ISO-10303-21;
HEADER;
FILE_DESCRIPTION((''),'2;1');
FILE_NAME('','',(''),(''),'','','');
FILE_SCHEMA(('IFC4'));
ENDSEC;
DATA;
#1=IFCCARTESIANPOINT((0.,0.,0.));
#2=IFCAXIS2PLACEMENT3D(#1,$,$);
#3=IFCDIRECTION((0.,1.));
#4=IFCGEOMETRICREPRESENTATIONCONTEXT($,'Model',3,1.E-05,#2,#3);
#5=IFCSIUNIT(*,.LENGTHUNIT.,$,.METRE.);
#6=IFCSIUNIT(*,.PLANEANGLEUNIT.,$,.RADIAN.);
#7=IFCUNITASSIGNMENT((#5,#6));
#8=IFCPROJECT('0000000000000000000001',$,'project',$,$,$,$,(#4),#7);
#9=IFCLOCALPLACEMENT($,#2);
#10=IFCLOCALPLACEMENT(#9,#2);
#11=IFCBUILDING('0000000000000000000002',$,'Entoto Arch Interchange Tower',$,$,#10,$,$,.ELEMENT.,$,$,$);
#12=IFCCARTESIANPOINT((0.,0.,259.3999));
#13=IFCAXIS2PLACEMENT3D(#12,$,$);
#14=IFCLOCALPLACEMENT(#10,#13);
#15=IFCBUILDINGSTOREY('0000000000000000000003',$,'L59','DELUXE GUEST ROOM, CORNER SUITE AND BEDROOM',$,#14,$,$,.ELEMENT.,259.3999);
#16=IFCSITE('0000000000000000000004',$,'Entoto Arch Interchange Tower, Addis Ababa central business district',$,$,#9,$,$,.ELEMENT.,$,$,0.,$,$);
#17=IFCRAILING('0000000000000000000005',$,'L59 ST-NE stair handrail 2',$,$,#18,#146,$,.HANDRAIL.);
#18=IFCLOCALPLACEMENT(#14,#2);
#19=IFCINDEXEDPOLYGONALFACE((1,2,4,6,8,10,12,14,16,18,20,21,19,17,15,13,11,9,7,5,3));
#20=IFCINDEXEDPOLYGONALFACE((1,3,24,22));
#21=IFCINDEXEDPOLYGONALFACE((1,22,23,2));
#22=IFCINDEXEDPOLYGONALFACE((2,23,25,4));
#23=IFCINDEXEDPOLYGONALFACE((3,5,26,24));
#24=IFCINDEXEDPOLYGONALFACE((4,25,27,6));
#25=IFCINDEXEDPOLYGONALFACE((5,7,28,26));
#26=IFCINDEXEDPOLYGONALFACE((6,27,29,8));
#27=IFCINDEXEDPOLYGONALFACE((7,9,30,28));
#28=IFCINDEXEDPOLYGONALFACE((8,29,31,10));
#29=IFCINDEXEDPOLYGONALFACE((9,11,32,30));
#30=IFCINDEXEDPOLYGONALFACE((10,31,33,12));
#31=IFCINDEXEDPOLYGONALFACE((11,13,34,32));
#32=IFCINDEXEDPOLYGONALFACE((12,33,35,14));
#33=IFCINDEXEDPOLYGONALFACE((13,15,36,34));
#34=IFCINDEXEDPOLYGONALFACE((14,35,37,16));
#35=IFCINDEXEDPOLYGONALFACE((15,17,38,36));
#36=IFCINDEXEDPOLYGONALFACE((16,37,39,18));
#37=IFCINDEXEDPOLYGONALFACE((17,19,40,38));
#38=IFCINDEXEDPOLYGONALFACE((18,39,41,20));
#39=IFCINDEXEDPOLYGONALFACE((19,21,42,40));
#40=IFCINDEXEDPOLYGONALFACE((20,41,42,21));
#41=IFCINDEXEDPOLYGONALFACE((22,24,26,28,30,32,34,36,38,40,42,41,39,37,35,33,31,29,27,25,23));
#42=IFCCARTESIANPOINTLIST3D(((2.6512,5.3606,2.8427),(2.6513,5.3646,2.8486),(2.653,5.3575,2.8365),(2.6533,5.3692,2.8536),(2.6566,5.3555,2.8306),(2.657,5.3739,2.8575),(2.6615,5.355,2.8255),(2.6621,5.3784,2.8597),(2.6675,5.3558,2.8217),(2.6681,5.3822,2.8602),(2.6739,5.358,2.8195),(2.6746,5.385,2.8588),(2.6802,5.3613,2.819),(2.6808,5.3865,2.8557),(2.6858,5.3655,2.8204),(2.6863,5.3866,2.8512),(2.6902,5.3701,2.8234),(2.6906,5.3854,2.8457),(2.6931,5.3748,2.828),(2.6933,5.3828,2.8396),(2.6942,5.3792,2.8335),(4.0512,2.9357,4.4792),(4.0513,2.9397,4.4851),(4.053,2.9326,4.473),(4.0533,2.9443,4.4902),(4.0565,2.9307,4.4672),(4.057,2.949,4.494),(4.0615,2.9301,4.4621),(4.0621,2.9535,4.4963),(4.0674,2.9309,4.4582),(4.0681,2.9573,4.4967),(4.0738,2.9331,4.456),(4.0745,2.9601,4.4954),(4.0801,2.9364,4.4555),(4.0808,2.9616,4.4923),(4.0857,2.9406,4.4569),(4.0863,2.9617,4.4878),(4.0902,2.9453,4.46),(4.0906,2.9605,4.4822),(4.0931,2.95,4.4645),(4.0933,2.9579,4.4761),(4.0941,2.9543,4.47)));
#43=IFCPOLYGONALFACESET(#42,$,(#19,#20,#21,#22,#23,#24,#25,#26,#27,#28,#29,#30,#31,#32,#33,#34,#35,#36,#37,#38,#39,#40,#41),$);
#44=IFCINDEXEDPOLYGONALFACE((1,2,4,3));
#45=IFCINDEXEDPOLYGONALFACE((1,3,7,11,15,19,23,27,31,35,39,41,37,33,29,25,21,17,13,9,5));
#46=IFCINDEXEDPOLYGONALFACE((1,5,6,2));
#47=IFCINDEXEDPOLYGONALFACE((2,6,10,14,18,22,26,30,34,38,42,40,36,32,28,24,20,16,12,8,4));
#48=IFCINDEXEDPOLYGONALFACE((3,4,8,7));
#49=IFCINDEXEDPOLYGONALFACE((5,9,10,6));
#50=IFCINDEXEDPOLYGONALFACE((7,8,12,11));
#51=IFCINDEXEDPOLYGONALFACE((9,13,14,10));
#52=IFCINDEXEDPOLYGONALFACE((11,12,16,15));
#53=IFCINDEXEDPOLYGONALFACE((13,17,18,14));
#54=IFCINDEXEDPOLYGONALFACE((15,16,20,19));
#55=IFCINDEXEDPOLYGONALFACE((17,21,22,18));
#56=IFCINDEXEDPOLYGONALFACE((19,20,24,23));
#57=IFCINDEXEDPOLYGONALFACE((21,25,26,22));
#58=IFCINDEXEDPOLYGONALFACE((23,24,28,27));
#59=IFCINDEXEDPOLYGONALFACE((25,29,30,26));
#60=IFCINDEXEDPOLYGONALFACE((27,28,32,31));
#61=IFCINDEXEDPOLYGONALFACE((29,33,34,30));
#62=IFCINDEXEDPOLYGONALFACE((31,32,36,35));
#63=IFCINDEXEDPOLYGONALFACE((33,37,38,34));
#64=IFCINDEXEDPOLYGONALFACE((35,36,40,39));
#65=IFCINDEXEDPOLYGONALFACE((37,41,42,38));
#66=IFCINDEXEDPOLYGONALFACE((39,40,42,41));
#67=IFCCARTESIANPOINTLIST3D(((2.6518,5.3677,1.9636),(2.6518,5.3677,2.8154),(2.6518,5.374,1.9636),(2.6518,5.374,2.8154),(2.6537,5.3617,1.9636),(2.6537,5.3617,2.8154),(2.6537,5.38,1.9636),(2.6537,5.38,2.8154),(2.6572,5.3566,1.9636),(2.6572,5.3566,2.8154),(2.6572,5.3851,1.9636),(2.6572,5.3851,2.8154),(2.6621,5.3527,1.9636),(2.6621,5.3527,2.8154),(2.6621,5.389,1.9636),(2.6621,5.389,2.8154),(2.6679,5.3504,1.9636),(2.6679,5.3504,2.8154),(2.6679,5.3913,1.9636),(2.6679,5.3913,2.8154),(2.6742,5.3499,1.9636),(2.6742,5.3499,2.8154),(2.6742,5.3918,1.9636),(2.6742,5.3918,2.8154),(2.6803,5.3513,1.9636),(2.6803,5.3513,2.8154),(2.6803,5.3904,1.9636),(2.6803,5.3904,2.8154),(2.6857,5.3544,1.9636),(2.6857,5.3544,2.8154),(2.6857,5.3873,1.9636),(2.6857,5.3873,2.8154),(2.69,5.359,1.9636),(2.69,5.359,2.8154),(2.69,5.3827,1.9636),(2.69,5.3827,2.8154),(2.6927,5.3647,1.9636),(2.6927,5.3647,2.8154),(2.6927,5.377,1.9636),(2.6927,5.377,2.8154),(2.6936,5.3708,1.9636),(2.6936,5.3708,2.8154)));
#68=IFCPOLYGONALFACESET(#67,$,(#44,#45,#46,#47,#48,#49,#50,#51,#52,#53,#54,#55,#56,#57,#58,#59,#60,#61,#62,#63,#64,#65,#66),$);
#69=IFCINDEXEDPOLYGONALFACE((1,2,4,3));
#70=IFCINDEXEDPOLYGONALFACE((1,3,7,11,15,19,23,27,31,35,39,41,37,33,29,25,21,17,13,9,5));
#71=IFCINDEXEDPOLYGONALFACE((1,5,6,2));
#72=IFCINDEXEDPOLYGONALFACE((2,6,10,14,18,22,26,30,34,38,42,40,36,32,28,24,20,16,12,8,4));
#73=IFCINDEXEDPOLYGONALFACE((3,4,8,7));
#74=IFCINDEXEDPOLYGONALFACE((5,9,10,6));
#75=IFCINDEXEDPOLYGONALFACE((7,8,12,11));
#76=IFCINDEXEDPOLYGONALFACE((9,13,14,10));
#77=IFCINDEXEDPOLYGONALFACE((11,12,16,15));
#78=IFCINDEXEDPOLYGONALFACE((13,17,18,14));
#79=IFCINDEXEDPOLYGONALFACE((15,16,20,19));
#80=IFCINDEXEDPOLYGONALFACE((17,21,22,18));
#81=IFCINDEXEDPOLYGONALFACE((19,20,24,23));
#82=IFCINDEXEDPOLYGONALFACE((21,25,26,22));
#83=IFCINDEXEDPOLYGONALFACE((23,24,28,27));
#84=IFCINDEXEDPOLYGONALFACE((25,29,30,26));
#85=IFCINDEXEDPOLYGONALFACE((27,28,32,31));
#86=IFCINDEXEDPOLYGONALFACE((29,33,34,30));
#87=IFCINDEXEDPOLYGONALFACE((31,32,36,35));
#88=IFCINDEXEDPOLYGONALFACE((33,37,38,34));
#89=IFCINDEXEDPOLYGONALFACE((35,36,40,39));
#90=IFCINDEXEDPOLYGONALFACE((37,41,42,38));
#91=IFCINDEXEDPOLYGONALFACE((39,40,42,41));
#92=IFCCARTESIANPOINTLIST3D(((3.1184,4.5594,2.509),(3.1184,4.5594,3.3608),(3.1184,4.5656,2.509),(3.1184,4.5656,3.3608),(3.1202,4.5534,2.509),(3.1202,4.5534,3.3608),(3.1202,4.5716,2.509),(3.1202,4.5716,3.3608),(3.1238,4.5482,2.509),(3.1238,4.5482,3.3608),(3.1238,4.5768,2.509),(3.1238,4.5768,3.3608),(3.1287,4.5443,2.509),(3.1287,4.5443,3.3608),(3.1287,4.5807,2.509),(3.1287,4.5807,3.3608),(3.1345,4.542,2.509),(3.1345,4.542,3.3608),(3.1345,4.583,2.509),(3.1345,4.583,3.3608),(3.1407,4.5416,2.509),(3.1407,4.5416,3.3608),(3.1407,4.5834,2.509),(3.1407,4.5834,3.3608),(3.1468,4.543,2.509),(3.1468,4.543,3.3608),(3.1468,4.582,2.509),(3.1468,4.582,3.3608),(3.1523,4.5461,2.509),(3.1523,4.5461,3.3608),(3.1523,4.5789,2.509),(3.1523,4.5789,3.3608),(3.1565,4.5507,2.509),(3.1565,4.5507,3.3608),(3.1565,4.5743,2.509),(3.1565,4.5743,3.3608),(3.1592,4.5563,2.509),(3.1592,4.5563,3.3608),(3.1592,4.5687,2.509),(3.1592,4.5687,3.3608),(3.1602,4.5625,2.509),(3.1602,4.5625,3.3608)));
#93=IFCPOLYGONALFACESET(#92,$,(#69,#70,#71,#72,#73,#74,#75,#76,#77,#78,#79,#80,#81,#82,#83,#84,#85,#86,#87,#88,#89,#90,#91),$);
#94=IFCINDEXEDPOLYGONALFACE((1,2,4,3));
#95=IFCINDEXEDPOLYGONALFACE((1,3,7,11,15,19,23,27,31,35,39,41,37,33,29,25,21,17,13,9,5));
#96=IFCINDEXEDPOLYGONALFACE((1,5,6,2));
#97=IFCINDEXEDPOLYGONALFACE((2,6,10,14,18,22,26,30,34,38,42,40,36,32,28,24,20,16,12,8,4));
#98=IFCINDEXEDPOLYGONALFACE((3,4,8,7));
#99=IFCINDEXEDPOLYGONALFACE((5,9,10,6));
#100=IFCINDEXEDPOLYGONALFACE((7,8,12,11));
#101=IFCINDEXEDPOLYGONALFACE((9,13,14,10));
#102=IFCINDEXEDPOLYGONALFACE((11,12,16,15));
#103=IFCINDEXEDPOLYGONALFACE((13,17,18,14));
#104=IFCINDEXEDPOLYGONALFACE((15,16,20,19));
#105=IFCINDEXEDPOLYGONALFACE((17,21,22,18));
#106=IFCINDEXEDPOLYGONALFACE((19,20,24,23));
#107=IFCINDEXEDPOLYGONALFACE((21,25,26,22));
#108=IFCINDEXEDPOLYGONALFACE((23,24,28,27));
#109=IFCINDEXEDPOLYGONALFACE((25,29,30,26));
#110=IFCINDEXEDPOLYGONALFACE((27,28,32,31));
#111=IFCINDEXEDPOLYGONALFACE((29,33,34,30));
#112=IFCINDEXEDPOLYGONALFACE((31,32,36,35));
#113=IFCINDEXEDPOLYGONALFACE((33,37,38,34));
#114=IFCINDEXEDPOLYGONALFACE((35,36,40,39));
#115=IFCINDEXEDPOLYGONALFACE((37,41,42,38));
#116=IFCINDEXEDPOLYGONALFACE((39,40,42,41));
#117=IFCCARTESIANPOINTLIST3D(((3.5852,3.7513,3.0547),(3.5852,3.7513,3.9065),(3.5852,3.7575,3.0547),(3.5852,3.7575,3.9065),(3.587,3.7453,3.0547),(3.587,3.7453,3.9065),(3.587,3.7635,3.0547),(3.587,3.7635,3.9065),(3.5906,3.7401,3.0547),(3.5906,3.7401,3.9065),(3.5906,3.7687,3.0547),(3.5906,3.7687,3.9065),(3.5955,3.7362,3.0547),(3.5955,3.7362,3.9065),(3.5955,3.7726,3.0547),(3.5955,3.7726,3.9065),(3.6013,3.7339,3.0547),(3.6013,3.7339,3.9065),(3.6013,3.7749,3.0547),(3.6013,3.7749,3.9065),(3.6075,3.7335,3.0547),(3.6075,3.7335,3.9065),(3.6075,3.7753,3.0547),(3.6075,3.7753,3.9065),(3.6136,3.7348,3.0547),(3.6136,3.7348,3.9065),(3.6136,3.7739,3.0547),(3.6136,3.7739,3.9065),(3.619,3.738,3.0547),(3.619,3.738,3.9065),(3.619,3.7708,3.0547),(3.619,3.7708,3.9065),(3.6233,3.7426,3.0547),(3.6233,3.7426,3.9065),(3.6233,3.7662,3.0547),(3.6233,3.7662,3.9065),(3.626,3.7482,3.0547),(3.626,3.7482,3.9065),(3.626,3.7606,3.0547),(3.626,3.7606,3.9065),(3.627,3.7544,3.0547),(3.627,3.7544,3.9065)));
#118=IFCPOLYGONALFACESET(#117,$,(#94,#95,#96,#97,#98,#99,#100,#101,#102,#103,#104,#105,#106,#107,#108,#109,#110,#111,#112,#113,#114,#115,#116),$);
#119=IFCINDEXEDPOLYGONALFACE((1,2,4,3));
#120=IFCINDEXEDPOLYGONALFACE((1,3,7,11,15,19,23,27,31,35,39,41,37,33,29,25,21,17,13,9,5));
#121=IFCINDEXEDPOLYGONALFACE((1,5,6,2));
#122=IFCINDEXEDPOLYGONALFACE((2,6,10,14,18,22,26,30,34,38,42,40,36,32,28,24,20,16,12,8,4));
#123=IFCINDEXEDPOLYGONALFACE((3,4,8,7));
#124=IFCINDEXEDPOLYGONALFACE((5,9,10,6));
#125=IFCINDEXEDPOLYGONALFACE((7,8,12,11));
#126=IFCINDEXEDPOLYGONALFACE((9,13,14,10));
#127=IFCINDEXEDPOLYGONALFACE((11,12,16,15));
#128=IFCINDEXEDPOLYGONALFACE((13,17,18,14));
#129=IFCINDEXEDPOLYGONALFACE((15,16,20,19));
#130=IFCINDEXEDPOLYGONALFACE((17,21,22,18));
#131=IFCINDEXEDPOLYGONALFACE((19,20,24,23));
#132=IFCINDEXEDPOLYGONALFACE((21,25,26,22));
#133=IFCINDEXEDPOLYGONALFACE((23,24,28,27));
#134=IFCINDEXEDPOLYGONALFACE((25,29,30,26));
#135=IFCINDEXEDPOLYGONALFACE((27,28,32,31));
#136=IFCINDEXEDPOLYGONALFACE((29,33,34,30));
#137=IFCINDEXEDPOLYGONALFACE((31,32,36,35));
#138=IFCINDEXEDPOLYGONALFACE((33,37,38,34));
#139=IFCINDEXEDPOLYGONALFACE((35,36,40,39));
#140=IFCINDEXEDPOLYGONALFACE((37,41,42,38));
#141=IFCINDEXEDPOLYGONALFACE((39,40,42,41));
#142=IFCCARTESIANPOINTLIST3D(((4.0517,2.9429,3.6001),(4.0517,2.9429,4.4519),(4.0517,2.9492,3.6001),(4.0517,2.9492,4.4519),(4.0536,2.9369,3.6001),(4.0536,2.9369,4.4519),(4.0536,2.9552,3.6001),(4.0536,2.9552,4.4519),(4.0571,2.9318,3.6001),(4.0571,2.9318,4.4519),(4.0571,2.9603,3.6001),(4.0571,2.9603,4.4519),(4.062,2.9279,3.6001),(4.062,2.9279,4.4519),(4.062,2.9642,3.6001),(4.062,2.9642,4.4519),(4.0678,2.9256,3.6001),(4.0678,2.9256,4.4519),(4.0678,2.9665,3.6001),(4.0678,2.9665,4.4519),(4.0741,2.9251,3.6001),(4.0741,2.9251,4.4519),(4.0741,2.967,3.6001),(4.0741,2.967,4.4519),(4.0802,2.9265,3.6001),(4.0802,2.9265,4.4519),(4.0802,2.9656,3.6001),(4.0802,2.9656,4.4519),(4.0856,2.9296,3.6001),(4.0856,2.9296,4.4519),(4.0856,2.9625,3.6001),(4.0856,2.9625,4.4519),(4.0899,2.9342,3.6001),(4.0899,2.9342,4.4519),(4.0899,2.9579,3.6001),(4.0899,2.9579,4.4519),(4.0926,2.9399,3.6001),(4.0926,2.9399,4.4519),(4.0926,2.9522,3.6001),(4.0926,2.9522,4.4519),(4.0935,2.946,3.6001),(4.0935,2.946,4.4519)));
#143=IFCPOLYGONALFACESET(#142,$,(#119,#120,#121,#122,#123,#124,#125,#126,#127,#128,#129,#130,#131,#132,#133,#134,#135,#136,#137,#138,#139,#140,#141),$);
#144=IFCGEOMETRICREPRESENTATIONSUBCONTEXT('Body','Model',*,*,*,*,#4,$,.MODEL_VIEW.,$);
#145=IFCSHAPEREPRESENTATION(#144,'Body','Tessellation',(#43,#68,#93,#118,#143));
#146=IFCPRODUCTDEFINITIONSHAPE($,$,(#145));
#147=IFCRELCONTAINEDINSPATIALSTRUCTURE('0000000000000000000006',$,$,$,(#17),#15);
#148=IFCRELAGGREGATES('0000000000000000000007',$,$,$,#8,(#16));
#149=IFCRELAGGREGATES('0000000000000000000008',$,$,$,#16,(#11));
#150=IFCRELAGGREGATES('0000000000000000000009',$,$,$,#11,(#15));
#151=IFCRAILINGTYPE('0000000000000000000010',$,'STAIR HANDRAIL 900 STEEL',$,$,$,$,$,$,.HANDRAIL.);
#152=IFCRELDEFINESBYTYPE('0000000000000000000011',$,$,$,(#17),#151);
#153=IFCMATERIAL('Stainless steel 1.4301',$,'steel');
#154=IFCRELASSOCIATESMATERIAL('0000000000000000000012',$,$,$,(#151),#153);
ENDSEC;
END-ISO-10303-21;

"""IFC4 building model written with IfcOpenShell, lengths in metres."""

from ifc_helpers import new_model, si_unit, direction, frame, origin, origin_2d, place, context, subcontext, project, spatial, circle, extrude, material, type_object, element, save


model = new_model("IFC4")

# Units and contexts
model_context = context("Model", 3, precision=1e-05, world=origin(), true_north=direction((0.0, 1.0)))
body_context = subcontext(model_context, "Body", "Model", "MODEL_VIEW")
ifc_project = project(units=[si_unit("LENGTHUNIT", "METRE"), si_unit("PLANEANGLEUNIT", "RADIAN")], contexts=[model_context])

# Site, building, storey
site_placement = place(None, origin())
site = spatial("IfcSite", under=ifc_project, at=site_placement, Name="Entoto Arch Interchange Tower, Addis Ababa central business district", CompositionType="ELEMENT", RefElevation=0.0)
building_placement = place(site_placement, origin())
building = spatial("IfcBuilding", under=site, at=building_placement, Name="Entoto Arch Interchange Tower", CompositionType="ELEMENT")
storey_placement = place(building_placement, frame((0.0, 0.0, 259.3999)))
storey = spatial("IfcBuildingStorey", under=building, at=storey_placement, Name="L59", Description="DELUXE GUEST ROOM, CORNER SUITE AND BEDROOM", CompositionType="ELEMENT", Elevation=259.3999)

# Railing
ifc_material_1 = material(Name="Stainless steel 1.4301", Category="steel")
railing_type_1 = type_object("IfcRailingType", Name="STAIR HANDRAIL 900 STEEL", PredefinedType="HANDRAIL", material=ifc_material_1)
railing_1_placement = place(storey_placement, frame((2.6726, 5.3708, 1.9636)))
element("IfcRailing", 1, at=railing_1_placement, inside=storey, type_object=railing_type_1, Name="L59 ST-NE stair handrail 2", PredefinedType="HANDRAIL", context=body_context, shape_type="SweptSolid", body=[
    extrude(circle(Radius=0.0239, at=origin_2d()), frame((0.0, 0.0, 0.876), z_axis=(0.431661, -0.74769, 0.504608), x_axis=(0.866035, 0.499984, 0.0)), (0.0, 0.0, 1.0), 3.2432),
    extrude(circle(Radius=0.021, at=origin_2d()), origin(), (0.0, 0.0, 1.0), 0.8518),
    extrude(circle(Radius=0.021, at=origin_2d()), frame((0.4666, -0.8083, 0.5454)), (0.0, 0.0, 1.0), 0.8518),
    extrude(circle(Radius=0.021, at=origin_2d()), frame((0.9333, -1.6165, 1.0911)), (0.0, 0.0, 1.0), 0.8518),
    extrude(circle(Radius=0.021, at=origin_2d()), frame((1.3999, -2.4248, 1.6365)), (0.0, 0.0, 1.0), 0.8518),
])

save(model, "model.ifc")
